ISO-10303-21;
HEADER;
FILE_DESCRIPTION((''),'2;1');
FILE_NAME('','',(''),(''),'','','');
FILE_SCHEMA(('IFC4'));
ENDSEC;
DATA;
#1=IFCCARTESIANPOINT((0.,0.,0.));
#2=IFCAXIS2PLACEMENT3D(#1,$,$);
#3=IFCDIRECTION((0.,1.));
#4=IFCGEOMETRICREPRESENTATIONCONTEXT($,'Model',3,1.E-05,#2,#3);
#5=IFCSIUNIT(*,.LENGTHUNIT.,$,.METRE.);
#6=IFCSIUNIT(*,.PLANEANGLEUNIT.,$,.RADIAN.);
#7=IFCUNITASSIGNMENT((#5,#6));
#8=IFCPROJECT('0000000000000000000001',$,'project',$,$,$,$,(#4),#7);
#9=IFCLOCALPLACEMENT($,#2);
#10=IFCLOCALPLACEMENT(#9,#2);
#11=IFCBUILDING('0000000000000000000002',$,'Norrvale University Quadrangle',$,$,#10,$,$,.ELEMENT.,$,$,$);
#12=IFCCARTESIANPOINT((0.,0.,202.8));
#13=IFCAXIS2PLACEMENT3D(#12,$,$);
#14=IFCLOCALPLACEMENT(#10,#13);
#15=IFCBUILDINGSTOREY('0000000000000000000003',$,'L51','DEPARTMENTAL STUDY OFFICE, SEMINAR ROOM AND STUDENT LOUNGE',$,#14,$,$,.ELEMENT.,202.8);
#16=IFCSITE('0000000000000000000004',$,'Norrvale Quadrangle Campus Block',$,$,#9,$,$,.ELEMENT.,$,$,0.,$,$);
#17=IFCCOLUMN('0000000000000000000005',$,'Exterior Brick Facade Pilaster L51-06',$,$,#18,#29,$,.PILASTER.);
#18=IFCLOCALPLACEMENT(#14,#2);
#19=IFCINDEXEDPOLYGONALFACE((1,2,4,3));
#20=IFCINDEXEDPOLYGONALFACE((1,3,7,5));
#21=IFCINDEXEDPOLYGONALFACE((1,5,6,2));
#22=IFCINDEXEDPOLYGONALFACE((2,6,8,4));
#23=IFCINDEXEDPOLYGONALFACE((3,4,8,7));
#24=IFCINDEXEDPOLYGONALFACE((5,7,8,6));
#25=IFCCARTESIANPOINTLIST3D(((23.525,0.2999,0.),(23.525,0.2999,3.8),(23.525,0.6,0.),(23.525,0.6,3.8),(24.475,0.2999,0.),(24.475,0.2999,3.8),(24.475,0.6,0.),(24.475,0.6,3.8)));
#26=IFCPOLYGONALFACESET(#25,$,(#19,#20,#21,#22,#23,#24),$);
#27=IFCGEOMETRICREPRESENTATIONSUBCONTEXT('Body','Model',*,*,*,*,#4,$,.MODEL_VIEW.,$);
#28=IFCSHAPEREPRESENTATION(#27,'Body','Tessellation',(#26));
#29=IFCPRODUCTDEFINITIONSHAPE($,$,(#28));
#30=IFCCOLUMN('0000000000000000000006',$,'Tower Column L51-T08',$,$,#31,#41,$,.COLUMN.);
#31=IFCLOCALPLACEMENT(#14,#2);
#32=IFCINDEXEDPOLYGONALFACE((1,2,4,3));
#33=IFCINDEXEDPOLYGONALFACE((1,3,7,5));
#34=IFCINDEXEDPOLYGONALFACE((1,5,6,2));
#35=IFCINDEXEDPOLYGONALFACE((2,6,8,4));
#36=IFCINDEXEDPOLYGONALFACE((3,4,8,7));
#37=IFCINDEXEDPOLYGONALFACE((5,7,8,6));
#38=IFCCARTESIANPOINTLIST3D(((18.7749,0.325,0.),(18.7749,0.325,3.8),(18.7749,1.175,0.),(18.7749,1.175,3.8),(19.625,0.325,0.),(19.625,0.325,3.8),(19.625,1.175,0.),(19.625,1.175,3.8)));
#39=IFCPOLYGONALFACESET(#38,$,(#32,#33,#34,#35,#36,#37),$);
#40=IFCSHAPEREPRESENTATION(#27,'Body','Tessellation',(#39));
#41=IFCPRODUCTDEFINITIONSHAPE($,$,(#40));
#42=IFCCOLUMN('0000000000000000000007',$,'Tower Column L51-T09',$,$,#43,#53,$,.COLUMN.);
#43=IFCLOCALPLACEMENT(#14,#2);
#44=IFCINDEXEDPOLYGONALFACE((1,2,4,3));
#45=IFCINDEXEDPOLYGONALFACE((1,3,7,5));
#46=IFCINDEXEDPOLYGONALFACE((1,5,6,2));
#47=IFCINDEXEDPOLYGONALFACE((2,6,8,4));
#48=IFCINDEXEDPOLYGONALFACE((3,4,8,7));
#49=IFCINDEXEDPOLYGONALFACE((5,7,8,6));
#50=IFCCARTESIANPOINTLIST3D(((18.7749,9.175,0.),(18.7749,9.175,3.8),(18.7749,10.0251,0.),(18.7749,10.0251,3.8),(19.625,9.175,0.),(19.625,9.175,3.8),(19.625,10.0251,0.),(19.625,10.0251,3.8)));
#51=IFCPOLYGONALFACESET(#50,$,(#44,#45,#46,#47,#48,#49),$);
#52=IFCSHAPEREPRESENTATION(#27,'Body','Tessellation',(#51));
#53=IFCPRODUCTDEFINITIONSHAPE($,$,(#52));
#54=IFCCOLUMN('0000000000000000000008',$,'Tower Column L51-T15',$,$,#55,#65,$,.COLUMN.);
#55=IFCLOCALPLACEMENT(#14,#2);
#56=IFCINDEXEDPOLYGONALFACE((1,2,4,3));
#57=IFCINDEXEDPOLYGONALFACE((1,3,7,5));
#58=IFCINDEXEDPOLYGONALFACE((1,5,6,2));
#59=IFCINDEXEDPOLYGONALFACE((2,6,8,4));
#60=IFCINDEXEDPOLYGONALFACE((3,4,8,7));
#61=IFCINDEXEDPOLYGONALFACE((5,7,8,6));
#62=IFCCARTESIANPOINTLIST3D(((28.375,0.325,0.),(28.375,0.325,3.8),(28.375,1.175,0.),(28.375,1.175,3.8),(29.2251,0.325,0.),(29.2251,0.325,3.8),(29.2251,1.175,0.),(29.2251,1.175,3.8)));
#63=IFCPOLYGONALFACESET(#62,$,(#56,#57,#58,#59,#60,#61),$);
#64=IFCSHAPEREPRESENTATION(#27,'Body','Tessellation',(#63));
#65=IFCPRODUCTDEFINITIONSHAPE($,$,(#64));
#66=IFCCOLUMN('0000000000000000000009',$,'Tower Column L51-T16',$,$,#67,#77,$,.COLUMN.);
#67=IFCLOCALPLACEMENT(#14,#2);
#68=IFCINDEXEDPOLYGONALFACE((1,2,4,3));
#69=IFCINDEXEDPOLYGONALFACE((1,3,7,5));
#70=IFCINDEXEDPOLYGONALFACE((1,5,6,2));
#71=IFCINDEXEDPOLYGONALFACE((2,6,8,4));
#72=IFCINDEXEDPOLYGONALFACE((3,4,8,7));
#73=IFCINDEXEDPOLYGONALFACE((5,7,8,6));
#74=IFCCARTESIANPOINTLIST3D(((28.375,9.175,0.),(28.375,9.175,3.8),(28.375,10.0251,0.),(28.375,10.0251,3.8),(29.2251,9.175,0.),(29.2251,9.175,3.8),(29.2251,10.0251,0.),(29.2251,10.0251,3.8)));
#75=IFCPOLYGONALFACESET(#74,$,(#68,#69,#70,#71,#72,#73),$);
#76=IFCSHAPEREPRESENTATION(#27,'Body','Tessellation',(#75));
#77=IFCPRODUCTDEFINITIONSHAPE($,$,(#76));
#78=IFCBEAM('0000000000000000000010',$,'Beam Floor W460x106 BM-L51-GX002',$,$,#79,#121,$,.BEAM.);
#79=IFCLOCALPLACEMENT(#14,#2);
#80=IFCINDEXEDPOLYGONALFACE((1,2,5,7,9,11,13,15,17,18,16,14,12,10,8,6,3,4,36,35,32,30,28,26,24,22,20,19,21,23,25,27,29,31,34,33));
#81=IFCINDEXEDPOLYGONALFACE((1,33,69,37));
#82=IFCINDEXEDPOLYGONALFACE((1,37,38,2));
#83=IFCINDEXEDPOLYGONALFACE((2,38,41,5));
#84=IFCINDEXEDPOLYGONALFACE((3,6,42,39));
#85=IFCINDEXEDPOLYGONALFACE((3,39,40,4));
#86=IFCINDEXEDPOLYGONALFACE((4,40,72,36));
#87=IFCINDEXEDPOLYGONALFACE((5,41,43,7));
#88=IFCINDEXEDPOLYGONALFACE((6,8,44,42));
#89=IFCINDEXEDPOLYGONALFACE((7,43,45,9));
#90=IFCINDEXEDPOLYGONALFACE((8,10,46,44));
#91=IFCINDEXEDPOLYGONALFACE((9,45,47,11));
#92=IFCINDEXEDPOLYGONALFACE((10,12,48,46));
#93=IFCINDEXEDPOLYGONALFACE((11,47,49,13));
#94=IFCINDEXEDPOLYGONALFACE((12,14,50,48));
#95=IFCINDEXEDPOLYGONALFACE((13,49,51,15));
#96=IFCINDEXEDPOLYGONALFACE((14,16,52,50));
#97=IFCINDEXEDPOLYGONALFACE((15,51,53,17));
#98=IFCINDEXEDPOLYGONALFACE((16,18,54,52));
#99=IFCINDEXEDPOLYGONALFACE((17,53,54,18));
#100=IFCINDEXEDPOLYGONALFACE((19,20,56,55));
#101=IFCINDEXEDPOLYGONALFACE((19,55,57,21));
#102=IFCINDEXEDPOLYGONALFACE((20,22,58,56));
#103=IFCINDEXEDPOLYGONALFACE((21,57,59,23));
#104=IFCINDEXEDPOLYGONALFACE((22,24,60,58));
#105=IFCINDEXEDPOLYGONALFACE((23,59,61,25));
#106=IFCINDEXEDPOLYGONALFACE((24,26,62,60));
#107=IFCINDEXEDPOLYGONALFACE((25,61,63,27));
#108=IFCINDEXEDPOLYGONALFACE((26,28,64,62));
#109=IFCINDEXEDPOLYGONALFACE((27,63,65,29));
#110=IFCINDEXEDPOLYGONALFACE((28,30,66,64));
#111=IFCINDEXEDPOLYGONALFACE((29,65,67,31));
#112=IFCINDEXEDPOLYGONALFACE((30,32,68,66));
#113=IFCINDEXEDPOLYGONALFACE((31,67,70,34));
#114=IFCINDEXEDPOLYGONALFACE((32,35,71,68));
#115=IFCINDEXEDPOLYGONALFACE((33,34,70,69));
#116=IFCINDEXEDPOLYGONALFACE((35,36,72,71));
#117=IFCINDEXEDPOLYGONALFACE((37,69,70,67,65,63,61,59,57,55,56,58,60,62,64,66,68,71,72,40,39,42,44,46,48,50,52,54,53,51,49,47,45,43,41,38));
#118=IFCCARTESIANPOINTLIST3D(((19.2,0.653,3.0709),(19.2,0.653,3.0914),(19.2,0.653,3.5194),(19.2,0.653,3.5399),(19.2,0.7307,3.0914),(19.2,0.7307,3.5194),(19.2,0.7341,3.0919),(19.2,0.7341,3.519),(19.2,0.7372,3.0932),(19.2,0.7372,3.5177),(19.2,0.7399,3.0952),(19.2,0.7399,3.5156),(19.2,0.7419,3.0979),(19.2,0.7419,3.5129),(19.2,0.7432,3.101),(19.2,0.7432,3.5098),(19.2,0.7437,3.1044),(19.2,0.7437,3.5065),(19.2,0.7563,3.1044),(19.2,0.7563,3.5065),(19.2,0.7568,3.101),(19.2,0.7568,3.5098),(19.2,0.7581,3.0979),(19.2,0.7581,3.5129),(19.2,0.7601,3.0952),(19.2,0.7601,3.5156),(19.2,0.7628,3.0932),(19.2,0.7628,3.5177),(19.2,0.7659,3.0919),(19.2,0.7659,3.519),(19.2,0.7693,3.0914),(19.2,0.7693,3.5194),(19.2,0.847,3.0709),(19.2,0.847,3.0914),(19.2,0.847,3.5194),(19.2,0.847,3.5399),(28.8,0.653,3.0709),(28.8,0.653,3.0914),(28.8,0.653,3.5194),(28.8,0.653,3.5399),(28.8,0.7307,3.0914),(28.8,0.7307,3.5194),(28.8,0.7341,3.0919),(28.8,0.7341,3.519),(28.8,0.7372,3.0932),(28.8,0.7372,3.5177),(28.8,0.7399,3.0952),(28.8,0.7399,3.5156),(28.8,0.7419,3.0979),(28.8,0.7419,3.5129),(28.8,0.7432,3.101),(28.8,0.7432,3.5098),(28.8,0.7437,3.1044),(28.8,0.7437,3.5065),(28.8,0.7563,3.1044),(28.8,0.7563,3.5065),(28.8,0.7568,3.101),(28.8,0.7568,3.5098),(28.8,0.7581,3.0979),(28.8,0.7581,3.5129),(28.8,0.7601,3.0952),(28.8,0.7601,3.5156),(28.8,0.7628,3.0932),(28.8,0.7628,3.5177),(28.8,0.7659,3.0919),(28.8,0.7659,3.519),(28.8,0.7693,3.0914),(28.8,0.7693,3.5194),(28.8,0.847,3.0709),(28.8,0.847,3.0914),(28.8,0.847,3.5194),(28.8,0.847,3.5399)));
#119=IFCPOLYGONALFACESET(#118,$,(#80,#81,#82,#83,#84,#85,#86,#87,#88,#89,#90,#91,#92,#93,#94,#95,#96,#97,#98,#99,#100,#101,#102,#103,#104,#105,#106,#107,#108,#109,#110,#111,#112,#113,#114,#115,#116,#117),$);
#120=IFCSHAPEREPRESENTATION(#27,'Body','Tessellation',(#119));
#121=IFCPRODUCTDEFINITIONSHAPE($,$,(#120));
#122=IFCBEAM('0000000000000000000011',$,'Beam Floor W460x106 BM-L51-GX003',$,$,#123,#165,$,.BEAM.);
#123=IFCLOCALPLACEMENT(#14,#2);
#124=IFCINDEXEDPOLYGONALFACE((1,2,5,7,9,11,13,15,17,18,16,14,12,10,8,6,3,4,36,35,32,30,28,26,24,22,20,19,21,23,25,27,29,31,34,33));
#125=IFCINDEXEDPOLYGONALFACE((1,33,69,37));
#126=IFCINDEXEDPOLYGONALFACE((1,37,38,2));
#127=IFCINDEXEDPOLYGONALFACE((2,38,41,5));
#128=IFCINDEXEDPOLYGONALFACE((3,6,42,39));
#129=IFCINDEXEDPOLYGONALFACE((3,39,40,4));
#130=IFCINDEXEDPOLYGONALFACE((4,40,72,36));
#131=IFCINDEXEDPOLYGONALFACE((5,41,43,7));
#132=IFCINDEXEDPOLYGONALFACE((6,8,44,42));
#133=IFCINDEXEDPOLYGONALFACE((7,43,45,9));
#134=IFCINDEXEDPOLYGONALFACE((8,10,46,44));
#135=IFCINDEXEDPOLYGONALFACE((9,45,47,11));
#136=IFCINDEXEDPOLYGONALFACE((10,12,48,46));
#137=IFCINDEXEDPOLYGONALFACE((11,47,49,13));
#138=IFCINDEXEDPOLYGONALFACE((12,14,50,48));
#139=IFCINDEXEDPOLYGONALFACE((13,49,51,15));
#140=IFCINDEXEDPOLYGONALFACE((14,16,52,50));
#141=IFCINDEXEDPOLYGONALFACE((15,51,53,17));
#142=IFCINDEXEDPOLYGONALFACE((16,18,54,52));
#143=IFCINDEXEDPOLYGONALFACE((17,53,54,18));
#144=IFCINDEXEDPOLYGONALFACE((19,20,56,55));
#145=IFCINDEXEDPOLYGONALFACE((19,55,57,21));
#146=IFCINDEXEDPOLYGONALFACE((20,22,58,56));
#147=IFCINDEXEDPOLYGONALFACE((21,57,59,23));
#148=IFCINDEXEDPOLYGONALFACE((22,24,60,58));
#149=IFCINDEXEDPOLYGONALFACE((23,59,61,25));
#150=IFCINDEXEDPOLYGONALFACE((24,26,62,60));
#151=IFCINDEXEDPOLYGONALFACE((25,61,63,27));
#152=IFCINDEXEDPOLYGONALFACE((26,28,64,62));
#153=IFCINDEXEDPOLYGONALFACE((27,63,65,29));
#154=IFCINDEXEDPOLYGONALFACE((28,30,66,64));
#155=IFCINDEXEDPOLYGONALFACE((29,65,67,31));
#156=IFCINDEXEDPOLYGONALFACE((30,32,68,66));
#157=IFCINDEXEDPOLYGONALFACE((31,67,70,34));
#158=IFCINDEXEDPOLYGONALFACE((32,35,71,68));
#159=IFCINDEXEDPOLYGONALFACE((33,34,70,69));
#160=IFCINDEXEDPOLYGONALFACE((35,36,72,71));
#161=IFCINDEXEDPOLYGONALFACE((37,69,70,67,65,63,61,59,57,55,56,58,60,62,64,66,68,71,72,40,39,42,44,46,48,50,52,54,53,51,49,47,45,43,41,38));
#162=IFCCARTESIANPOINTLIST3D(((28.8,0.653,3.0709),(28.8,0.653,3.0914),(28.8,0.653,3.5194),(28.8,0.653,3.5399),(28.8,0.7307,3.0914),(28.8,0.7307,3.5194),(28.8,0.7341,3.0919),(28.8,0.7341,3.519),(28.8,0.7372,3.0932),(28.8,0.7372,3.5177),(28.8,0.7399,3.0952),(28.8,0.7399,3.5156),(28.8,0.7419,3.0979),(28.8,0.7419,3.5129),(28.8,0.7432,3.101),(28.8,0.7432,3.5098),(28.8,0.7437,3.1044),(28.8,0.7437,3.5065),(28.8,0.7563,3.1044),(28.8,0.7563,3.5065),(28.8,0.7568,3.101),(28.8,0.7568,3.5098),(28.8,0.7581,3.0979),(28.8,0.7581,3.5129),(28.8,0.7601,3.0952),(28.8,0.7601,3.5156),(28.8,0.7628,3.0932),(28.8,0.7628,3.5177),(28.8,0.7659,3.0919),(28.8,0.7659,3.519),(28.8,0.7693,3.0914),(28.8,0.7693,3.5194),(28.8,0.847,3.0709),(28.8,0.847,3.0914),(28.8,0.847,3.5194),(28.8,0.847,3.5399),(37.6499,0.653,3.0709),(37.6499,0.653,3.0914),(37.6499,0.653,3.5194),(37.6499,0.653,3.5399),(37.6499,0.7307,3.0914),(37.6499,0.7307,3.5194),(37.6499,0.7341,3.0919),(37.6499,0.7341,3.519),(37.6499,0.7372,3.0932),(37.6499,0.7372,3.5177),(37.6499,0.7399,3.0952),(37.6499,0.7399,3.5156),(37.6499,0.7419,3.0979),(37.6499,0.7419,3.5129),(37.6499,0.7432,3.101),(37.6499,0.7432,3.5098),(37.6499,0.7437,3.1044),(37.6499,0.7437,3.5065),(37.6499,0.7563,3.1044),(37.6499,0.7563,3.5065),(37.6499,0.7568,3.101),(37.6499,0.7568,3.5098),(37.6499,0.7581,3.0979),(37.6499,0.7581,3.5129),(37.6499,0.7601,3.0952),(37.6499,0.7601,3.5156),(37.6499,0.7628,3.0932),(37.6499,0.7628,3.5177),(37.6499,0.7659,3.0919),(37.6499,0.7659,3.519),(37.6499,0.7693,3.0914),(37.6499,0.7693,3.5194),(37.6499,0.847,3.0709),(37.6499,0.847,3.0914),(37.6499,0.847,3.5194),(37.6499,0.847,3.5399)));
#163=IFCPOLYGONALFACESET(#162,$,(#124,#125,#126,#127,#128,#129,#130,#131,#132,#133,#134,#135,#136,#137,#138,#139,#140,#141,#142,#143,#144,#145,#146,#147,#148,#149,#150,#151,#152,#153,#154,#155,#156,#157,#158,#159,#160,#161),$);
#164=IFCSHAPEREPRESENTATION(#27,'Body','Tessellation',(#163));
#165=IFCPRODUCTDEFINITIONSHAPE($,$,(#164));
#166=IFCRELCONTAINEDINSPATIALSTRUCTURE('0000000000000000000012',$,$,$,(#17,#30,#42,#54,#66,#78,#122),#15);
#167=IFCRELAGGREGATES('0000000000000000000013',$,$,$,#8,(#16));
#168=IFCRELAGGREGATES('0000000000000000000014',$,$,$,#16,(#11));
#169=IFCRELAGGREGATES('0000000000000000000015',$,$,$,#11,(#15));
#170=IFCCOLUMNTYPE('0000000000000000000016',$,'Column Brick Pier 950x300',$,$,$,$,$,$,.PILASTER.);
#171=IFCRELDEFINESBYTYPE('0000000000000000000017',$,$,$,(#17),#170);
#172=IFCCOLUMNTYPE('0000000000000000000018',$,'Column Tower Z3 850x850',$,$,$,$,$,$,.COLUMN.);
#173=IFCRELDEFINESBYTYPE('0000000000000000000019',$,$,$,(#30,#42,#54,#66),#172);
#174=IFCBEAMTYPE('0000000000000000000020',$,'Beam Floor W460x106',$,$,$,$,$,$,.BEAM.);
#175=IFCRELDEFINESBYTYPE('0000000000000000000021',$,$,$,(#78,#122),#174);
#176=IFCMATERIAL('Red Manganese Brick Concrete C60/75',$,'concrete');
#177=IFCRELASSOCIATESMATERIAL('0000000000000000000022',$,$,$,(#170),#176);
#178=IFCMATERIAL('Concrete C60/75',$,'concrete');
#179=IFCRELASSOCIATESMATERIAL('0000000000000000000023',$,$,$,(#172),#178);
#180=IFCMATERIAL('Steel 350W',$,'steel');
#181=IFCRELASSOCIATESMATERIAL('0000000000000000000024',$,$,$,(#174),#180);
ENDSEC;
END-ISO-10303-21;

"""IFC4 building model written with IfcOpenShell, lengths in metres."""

from ifc_helpers import new_model, si_unit, direction, frame, origin, origin_2d, place, context, subcontext, project, spatial, rectangle, i_section, extrude, material, material_profile, profile_set, type_object, element, save


model = new_model("IFC4")

# Units and contexts
model_context = context("Model", 3, precision=1e-05, world=origin(), true_north=direction((0.0, 1.0)))
body_context = subcontext(model_context, "Body", "Model", "MODEL_VIEW")
ifc_project = project(units=[si_unit("LENGTHUNIT", "METRE"), si_unit("PLANEANGLEUNIT", "RADIAN")], contexts=[model_context])

# Site, building, storey
site_placement = place(None, origin())
site = spatial("IfcSite", under=ifc_project, at=site_placement, Name="Norrvale Quadrangle Campus Block", CompositionType="ELEMENT", RefElevation=0.0)
building_placement = place(site_placement, origin())
building = spatial("IfcBuilding", under=site, at=building_placement, Name="Norrvale University Quadrangle", CompositionType="ELEMENT")
storey_placement = place(building_placement, frame((0.0, 0.0, 202.8)))
storey = spatial("IfcBuildingStorey", under=building, at=storey_placement, Name="L51", Description="DEPARTMENTAL STUDY OFFICE, SEMINAR ROOM AND STUDENT LOUNGE", CompositionType="ELEMENT", Elevation=202.8)

# Columns
ifc_material_1 = material(Name="Red Manganese Brick Concrete C60/75", Category="concrete")
ifc_material_profile_1 = material_profile(ifc_material_1, rectangle(XDim=0.95, YDim=0.3, at=origin_2d()), Name="Red Manganese Brick Concrete C60/75")
ifc_profile_set_1 = profile_set([ifc_material_profile_1], Name="Red Manganese Brick Concrete C60/75")
column_type_1 = type_object("IfcColumnType", Name="Column Brick Pier 950x300", PredefinedType="PILASTER", material=ifc_profile_set_1)
column_placement = place(storey_placement, frame((24.0, 0.45, 0.0), z_axis=(0.0, 0.0, 1.0), x_axis=(1.0, 0.0, 0.0)))
element("IfcColumn", 1, at=column_placement, inside=storey, type_object=column_type_1, Name="Exterior Brick Facade Pilaster L51-06", PredefinedType="PILASTER", context=body_context, shape_type="SweptSolid", body=[
    extrude(rectangle(XDim=0.95, YDim=0.3, at=origin_2d()), origin(), (0.0, 0.0, 1.0), 3.8),
])
ifc_material_2 = material(Name="Concrete C60/75", Category="concrete")
ifc_material_profile_2 = material_profile(ifc_material_2, rectangle(XDim=0.8501, YDim=0.8501, at=origin_2d()), Name="Concrete C60/75")
ifc_profile_set_2 = profile_set([ifc_material_profile_2], Name="Concrete C60/75")
column_type_2 = type_object("IfcColumnType", Name="Column Tower Z3 850x850", PredefinedType="COLUMN", material=ifc_profile_set_2)
for number, where, z_axis, x_axis, name in (
    (2, (19.2, 0.75, 0.0), (0.0, 0.0, 1.0), (1.0, 0.0, 0.0), "Tower Column L51-T08"),
    (3, (19.2, 9.6001, 0.0), (0.0, 0.0, 1.0), (1.0, 0.0, 0.0), "Tower Column L51-T09"),
    (4, (28.8, 0.75, 0.0), (0.0, 0.0, 1.0), (1.0, 0.0, 0.0), "Tower Column L51-T15"),
    (5, (28.8, 9.6001, 0.0), (0.0, 0.0, 1.0), (1.0, 0.0, 0.0), "Tower Column L51-T16"),
):
    element("IfcColumn", number, at=place(storey_placement, frame(where, z_axis=z_axis, x_axis=x_axis)), inside=storey, type_object=column_type_2, Name=name, PredefinedType="COLUMN", context=body_context, shape_type="SweptSolid", body=[
        extrude(rectangle(XDim=0.8501, YDim=0.8501, at=origin_2d()), origin(), (0.0, 0.0, 1.0), 3.8),
    ])

# Beams
ifc_material_3 = material(Name="Steel 350W", Category="steel")
ifc_material_profile_3 = material_profile(ifc_material_3, i_section(OverallWidth=0.1941, OverallDepth=0.469, WebThickness=0.0127, FlangeThickness=0.0205, FilletRadius=0.0129, at=origin_2d()), Name="Steel 350W")
ifc_profile_set_3 = profile_set([ifc_material_profile_3], Name="Steel 350W")
beam_type_1 = type_object("IfcBeamType", Name="Beam Floor W460x106", PredefinedType="BEAM", material=ifc_profile_set_3)
beam_1_placement = place(storey_placement, frame((19.2, 0.75, 3.3054), z_axis=(1.0, 0.0, 0.0), x_axis=(0.0, 1.0, 0.0)))
element("IfcBeam", 6, at=beam_1_placement, inside=storey, type_object=beam_type_1, Name="Beam Floor W460x106 BM-L51-GX002", PredefinedType="BEAM", context=body_context, shape_type="SweptSolid", body=[
    extrude(i_section(OverallWidth=0.1941, OverallDepth=0.469, WebThickness=0.0127, FlangeThickness=0.0205, FilletRadius=0.0129, at=origin_2d()), origin(), (0.0, 0.0, 1.0), 9.6001),
])
beam_2_placement = place(storey_placement, frame((28.8, 0.75, 3.3054), z_axis=(1.0, 0.0, 0.0), x_axis=(0.0, 1.0, 0.0)))
element("IfcBeam", 7, at=beam_2_placement, inside=storey, type_object=beam_type_1, Name="Beam Floor W460x106 BM-L51-GX003", PredefinedType="BEAM", context=body_context, shape_type="SweptSolid", body=[
    extrude(i_section(OverallWidth=0.1941, OverallDepth=0.469, WebThickness=0.0127, FlangeThickness=0.0205, FilletRadius=0.0129, at=origin_2d()), origin(), (0.0, 0.0, 1.0), 8.8499),
])

save(model, "model.ifc")
